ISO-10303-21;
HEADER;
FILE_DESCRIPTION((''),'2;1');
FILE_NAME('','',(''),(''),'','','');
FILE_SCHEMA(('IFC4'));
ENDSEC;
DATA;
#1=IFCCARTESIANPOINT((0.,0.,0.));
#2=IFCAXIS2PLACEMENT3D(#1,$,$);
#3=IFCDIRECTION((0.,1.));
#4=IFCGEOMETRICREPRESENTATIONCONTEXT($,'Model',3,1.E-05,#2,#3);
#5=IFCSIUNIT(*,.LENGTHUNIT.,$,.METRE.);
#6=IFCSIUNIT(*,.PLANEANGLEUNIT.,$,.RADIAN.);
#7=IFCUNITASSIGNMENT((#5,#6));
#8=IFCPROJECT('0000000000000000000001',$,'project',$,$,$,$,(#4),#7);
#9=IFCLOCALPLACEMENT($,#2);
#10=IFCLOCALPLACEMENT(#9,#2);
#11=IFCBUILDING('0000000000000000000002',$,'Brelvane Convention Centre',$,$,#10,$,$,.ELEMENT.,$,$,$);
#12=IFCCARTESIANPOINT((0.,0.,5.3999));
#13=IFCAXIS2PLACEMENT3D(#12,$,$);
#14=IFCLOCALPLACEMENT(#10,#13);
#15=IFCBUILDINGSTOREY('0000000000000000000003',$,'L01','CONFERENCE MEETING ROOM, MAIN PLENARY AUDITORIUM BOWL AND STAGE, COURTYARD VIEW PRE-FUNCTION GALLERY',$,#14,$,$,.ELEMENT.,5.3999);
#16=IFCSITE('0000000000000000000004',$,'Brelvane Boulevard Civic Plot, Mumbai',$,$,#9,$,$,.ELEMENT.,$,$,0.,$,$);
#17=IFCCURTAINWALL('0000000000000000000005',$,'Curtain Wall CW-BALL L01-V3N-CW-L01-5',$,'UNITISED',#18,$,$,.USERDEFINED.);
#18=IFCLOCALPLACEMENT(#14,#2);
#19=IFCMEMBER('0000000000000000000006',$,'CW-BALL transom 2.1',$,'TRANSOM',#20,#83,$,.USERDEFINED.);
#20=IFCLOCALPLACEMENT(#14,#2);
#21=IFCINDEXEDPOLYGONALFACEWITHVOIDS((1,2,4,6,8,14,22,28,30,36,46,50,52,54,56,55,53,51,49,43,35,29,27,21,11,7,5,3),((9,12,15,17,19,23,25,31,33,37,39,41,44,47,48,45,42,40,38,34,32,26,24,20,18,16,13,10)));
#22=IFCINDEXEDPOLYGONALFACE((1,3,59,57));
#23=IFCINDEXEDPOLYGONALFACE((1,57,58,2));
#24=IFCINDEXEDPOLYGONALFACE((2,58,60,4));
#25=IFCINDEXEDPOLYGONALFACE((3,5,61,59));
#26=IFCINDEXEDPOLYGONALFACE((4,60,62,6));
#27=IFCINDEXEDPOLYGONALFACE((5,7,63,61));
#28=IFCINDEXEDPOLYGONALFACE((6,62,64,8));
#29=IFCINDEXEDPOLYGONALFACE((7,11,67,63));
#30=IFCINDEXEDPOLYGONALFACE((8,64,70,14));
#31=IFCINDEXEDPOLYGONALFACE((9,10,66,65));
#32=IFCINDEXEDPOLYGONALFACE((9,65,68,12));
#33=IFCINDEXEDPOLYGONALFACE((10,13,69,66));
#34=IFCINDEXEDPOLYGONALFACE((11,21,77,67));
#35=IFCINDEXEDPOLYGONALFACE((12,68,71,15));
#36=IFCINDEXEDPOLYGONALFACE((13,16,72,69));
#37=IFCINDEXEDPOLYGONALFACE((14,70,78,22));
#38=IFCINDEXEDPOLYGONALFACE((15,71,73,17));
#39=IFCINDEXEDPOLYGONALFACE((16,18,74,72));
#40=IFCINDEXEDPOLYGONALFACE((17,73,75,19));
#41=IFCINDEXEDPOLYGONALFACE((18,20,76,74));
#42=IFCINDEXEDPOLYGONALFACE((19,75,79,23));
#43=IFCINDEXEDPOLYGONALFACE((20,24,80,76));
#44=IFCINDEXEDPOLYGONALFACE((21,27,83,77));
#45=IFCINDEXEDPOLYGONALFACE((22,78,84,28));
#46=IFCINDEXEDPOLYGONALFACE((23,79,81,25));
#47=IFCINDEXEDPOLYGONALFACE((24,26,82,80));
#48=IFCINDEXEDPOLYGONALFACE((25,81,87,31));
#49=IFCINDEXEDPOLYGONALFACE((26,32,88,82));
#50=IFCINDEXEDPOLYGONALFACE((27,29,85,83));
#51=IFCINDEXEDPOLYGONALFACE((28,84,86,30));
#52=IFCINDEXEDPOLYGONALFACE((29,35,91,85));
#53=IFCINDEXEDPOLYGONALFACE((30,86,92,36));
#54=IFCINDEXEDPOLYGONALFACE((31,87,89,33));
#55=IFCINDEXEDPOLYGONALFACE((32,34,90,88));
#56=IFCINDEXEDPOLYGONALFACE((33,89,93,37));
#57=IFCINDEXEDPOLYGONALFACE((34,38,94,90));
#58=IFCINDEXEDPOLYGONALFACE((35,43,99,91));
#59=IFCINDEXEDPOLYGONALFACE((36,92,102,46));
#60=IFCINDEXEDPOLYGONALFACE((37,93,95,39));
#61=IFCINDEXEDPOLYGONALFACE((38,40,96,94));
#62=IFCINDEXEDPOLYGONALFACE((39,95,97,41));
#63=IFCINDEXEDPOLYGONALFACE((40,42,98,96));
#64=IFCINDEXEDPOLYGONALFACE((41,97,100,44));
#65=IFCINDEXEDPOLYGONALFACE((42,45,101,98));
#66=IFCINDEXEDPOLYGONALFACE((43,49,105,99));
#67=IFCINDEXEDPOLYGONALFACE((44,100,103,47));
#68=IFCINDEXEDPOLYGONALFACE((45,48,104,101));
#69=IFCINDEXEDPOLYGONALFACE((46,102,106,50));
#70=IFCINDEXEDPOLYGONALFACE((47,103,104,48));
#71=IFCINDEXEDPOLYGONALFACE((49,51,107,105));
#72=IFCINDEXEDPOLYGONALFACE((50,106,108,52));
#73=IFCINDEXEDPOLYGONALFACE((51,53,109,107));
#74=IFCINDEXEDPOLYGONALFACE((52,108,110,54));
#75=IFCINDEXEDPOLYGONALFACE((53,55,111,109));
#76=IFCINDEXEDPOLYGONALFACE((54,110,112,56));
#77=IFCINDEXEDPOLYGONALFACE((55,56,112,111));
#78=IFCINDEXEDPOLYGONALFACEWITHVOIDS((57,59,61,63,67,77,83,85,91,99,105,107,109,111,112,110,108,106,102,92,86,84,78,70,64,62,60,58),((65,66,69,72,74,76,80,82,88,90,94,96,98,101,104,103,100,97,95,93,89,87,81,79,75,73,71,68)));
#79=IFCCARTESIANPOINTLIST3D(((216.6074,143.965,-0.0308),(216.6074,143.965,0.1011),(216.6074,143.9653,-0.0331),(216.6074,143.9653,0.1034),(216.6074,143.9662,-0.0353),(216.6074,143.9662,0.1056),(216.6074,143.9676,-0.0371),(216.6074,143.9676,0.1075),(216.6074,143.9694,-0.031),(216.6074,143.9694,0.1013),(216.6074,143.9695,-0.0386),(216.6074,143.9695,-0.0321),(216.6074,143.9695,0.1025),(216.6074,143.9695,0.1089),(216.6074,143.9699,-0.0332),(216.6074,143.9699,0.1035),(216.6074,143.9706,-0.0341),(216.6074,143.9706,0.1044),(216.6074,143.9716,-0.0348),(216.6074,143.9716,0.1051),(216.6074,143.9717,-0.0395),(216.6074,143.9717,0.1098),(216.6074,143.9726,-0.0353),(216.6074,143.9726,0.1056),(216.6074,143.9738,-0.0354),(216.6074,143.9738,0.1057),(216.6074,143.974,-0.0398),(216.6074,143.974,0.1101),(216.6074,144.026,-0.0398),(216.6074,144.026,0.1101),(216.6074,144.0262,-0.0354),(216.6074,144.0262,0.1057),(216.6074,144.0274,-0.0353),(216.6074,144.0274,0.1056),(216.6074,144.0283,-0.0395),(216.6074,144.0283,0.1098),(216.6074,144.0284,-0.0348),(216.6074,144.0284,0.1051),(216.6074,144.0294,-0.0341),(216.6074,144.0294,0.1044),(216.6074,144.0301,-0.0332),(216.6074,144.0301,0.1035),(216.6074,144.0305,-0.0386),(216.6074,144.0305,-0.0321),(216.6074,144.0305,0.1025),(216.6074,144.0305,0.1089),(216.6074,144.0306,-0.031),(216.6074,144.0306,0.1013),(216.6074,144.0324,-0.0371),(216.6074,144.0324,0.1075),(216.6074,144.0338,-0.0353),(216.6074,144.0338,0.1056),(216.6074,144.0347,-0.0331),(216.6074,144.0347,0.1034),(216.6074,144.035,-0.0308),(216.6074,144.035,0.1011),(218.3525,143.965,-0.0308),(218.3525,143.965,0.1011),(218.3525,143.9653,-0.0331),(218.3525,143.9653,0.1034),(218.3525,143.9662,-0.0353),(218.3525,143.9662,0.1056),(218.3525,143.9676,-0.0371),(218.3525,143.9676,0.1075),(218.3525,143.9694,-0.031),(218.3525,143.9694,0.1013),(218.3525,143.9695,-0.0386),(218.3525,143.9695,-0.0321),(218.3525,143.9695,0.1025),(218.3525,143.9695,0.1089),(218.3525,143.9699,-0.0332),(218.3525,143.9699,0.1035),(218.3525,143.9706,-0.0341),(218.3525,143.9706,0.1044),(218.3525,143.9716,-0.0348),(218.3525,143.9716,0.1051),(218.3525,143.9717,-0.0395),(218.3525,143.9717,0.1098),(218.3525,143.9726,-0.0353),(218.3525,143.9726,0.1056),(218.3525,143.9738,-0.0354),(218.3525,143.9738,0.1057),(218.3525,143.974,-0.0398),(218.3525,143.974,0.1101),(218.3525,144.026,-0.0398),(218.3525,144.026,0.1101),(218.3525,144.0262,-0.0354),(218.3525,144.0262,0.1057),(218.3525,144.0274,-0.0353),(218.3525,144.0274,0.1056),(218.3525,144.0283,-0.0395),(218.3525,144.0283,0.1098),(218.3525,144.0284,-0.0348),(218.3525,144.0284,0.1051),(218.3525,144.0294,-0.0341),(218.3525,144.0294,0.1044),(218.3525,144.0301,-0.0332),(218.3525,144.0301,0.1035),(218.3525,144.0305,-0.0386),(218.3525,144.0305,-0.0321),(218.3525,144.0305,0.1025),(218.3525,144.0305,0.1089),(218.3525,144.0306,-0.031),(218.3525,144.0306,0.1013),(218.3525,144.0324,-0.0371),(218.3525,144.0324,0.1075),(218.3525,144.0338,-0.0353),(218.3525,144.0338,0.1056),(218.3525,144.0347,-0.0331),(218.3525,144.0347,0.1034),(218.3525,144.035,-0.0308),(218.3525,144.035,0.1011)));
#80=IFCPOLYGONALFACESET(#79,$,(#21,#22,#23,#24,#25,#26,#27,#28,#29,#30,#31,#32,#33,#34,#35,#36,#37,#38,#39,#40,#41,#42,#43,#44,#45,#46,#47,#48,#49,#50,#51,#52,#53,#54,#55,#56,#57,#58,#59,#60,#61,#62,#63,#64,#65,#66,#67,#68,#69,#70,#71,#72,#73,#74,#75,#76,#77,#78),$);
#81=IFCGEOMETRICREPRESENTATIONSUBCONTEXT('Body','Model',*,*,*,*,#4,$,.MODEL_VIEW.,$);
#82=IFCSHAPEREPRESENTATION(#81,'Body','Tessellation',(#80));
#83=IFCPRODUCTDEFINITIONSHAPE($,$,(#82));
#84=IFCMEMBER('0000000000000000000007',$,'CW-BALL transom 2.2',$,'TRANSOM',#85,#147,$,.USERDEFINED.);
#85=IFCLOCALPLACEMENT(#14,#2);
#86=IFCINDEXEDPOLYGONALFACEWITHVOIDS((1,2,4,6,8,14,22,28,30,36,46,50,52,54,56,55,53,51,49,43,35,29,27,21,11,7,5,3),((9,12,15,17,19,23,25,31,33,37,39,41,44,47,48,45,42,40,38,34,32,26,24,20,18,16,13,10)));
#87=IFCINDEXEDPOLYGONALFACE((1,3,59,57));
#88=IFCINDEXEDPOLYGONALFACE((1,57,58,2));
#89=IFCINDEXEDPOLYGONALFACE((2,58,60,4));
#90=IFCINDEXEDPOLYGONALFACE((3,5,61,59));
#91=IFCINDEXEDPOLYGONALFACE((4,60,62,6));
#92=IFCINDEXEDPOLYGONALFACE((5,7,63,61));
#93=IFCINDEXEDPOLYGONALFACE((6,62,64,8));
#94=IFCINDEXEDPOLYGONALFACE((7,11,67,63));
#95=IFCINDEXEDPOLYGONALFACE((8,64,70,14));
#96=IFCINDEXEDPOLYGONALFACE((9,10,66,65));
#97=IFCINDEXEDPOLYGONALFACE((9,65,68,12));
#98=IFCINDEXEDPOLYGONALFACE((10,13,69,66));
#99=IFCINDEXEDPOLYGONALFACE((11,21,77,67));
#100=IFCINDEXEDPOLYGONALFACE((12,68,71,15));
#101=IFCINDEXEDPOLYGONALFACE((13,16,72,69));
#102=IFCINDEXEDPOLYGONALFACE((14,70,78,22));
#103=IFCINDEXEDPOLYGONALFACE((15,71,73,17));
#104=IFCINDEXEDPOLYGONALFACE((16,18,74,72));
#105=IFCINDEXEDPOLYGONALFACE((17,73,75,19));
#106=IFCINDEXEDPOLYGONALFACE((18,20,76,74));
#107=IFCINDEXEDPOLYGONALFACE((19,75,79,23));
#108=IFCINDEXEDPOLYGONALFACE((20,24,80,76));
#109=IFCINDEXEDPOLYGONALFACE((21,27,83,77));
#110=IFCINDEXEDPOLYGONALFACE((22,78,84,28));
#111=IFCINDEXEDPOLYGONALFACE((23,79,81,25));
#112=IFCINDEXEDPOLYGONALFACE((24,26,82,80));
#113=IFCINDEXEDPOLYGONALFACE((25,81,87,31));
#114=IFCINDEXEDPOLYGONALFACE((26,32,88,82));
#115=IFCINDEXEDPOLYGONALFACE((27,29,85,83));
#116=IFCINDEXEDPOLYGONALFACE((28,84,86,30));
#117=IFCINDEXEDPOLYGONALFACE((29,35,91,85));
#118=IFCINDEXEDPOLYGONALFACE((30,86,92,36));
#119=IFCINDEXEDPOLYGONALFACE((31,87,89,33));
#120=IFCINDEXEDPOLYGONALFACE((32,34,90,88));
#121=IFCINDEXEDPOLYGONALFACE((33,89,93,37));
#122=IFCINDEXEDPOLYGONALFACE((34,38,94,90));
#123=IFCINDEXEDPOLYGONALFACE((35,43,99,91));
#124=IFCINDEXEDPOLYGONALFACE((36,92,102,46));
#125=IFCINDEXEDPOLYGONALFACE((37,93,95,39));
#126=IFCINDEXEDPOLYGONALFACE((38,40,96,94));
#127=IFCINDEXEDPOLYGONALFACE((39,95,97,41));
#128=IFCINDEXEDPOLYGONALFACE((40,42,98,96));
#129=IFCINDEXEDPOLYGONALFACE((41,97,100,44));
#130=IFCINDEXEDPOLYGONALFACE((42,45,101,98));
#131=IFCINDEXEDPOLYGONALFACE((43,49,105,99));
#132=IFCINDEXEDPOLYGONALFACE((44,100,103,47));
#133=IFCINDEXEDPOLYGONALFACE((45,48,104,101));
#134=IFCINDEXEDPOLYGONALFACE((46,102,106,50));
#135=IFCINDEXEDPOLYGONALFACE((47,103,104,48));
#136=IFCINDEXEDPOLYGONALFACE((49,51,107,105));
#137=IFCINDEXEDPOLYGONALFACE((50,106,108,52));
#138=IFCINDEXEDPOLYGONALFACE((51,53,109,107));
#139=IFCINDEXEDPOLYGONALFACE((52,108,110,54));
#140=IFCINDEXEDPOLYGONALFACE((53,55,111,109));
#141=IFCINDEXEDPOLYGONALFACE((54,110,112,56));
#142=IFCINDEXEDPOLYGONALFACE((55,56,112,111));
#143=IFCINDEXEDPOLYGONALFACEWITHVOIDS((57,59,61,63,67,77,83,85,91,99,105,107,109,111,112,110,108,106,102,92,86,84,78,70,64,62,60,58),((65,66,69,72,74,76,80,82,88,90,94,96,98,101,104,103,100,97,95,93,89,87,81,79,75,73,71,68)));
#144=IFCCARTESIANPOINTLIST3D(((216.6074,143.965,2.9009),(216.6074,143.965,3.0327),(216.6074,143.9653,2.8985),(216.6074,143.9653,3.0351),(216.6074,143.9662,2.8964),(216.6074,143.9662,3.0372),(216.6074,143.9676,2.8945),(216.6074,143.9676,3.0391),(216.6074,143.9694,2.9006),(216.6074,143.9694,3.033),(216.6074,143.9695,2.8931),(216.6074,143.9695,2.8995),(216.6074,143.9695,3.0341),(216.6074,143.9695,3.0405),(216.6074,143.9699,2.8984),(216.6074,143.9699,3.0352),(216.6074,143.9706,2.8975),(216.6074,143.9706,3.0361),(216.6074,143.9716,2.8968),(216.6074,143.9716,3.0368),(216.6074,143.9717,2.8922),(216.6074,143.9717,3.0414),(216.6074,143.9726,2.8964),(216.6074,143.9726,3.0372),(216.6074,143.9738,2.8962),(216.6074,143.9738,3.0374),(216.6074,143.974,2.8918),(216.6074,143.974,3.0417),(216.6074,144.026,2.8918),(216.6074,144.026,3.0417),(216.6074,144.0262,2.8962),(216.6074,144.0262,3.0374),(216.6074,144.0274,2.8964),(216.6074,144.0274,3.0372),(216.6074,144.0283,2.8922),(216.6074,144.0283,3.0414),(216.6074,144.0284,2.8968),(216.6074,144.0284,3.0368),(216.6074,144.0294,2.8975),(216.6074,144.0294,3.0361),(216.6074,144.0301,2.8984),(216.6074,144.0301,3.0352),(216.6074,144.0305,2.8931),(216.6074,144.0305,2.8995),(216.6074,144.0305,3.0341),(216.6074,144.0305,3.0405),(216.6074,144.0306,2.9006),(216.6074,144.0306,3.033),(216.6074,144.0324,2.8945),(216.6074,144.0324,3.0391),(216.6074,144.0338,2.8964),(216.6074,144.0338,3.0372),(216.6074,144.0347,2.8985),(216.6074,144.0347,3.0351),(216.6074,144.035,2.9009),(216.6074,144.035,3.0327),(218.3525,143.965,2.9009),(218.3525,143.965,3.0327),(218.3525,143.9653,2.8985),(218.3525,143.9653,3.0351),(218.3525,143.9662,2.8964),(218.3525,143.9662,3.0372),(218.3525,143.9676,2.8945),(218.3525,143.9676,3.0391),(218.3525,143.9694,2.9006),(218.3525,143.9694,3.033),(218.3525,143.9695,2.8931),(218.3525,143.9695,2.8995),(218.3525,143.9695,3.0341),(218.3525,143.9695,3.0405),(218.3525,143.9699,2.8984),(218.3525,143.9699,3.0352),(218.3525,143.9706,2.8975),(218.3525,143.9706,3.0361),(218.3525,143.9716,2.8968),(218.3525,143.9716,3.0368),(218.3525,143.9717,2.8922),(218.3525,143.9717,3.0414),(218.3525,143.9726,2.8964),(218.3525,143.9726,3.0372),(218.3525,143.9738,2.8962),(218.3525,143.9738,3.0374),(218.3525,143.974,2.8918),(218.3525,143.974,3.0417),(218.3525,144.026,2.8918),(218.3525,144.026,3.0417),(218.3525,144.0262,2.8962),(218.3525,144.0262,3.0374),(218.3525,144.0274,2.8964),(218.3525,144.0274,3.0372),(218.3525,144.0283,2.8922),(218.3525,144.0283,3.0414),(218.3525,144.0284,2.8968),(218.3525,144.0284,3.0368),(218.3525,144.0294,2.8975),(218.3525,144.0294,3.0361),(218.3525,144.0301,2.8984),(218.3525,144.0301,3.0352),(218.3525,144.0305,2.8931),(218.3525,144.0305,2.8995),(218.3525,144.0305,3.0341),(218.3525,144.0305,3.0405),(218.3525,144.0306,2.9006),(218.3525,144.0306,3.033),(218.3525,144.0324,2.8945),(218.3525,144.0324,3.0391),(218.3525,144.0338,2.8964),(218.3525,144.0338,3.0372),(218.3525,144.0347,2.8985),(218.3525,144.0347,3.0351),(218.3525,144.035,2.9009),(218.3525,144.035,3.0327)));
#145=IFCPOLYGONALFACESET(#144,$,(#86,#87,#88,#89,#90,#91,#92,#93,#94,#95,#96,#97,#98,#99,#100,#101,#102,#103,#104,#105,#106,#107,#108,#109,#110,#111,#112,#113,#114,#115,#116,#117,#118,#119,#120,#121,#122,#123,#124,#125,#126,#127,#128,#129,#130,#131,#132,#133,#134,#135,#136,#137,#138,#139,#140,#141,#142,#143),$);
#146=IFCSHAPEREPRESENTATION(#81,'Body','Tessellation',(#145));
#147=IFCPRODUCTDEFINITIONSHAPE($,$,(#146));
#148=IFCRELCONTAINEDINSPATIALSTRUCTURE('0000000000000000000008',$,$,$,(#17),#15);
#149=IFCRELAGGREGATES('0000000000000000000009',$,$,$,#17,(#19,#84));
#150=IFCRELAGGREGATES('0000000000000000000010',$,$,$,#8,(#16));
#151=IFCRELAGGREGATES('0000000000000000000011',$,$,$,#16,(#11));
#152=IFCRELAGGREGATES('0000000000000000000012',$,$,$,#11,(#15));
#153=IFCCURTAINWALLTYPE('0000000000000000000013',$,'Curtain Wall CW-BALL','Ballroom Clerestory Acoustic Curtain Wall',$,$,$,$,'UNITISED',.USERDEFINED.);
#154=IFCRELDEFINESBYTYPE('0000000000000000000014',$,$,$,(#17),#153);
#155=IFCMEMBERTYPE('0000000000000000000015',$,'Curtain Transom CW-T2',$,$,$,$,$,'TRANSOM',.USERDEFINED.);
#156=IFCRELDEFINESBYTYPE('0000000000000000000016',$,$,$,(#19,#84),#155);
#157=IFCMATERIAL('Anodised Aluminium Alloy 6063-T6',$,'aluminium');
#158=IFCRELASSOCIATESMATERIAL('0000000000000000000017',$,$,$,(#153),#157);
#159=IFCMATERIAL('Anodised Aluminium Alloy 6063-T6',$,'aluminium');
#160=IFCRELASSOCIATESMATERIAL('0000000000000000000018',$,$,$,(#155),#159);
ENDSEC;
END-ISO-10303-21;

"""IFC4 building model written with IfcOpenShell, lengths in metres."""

from ifc_helpers import new_model, si_unit, direction, frame, origin, origin_2d, place, context, subcontext, project, spatial, hollow_rectangle, extrude, material, material_profile, profile_set, type_object, element, aggregate, save


model = new_model("IFC4")

# Units and contexts
model_context = context("Model", 3, precision=1e-05, world=origin(), true_north=direction((0.0, 1.0)))
body_context = subcontext(model_context, "Body", "Model", "MODEL_VIEW")
ifc_project = project(units=[si_unit("LENGTHUNIT", "METRE"), si_unit("PLANEANGLEUNIT", "RADIAN")], contexts=[model_context])

# Site, building, storey
site_placement = place(None, origin())
site = spatial("IfcSite", under=ifc_project, at=site_placement, Name="Brelvane Boulevard Civic Plot, Mumbai", CompositionType="ELEMENT", RefElevation=0.0)
building_placement = place(site_placement, origin())
building = spatial("IfcBuilding", under=site, at=building_placement, Name="Brelvane Convention Centre", CompositionType="ELEMENT")
storey_placement = place(building_placement, frame((0.0, 0.0, 5.3999)))
storey = spatial("IfcBuildingStorey", under=building, at=storey_placement, Name="L01", Description="CONFERENCE MEETING ROOM, MAIN PLENARY AUDITORIUM BOWL AND STAGE, COURTYARD VIEW PRE-FUNCTION GALLERY", CompositionType="ELEMENT", Elevation=5.3999)

# Curtain wall, members
ifc_material_1 = material(Name="Anodised Aluminium Alloy 6063-T6", Category="aluminium")
curtain_wall_type = type_object("IfcCurtainWallType", Name="Curtain Wall CW-BALL", Description="Ballroom Clerestory Acoustic Curtain Wall", ElementType="UNITISED", PredefinedType="USERDEFINED", material=ifc_material_1)
curtain_wall_placement = place(storey_placement, origin())
curtain_wall = element("IfcCurtainWall", 1, at=curtain_wall_placement, inside=storey, type_object=curtain_wall_type, Name="Curtain Wall CW-BALL L01-V3N-CW-L01-5", ObjectType="UNITISED", PredefinedType="USERDEFINED")
ifc_material_2 = material(Name="Anodised Aluminium Alloy 6063-T6", Category="aluminium")
ifc_material_profile_1 = material_profile(ifc_material_2, hollow_rectangle(XDim=0.0701, YDim=0.1499, WallThickness=0.0044, InnerFilletRadius=0.0044, OuterFilletRadius=0.009, at=origin_2d()), Name="ALU-T 150x70x4.5")
ifc_profile_set_1 = profile_set([ifc_material_profile_1], Name="Anodised Aluminium Alloy 6063-T6")
member_type_1 = type_object("IfcMemberType", Name="Curtain Transom CW-T2", ElementType="TRANSOM", PredefinedType="USERDEFINED", material=ifc_profile_set_1)
member_1_placement = place(storey_placement, frame((216.6074, 144.0, 0.0352), z_axis=(1.0, 0.0, 0.0), x_axis=(0.0, 1.0, 0.0)))
member_1 = element("IfcMember", 2, at=member_1_placement, type_object=member_type_1, Name="CW-BALL transom 2.1", ObjectType="TRANSOM", PredefinedType="USERDEFINED", context=body_context, shape_type="SweptSolid", body=[
    extrude(hollow_rectangle(XDim=0.0701, YDim=0.1499, WallThickness=0.0044, InnerFilletRadius=0.0044, OuterFilletRadius=0.009, at=origin_2d()), origin(), (0.0, 0.0, 1.0), 1.7451),
])
member_2_placement = place(storey_placement, frame((216.6074, 144.0, 2.9668), z_axis=(1.0, 0.0, 0.0), x_axis=(0.0, 1.0, 0.0)))
member_2 = element("IfcMember", 3, at=member_2_placement, type_object=member_type_1, Name="CW-BALL transom 2.2", ObjectType="TRANSOM", PredefinedType="USERDEFINED", context=body_context, shape_type="SweptSolid", body=[
    extrude(hollow_rectangle(XDim=0.0701, YDim=0.1499, WallThickness=0.0044, InnerFilletRadius=0.0044, OuterFilletRadius=0.009, at=origin_2d()), origin(), (0.0, 0.0, 1.0), 1.7451),
])
aggregate(curtain_wall, [member_1, member_2])

save(model, "model.ifc")
